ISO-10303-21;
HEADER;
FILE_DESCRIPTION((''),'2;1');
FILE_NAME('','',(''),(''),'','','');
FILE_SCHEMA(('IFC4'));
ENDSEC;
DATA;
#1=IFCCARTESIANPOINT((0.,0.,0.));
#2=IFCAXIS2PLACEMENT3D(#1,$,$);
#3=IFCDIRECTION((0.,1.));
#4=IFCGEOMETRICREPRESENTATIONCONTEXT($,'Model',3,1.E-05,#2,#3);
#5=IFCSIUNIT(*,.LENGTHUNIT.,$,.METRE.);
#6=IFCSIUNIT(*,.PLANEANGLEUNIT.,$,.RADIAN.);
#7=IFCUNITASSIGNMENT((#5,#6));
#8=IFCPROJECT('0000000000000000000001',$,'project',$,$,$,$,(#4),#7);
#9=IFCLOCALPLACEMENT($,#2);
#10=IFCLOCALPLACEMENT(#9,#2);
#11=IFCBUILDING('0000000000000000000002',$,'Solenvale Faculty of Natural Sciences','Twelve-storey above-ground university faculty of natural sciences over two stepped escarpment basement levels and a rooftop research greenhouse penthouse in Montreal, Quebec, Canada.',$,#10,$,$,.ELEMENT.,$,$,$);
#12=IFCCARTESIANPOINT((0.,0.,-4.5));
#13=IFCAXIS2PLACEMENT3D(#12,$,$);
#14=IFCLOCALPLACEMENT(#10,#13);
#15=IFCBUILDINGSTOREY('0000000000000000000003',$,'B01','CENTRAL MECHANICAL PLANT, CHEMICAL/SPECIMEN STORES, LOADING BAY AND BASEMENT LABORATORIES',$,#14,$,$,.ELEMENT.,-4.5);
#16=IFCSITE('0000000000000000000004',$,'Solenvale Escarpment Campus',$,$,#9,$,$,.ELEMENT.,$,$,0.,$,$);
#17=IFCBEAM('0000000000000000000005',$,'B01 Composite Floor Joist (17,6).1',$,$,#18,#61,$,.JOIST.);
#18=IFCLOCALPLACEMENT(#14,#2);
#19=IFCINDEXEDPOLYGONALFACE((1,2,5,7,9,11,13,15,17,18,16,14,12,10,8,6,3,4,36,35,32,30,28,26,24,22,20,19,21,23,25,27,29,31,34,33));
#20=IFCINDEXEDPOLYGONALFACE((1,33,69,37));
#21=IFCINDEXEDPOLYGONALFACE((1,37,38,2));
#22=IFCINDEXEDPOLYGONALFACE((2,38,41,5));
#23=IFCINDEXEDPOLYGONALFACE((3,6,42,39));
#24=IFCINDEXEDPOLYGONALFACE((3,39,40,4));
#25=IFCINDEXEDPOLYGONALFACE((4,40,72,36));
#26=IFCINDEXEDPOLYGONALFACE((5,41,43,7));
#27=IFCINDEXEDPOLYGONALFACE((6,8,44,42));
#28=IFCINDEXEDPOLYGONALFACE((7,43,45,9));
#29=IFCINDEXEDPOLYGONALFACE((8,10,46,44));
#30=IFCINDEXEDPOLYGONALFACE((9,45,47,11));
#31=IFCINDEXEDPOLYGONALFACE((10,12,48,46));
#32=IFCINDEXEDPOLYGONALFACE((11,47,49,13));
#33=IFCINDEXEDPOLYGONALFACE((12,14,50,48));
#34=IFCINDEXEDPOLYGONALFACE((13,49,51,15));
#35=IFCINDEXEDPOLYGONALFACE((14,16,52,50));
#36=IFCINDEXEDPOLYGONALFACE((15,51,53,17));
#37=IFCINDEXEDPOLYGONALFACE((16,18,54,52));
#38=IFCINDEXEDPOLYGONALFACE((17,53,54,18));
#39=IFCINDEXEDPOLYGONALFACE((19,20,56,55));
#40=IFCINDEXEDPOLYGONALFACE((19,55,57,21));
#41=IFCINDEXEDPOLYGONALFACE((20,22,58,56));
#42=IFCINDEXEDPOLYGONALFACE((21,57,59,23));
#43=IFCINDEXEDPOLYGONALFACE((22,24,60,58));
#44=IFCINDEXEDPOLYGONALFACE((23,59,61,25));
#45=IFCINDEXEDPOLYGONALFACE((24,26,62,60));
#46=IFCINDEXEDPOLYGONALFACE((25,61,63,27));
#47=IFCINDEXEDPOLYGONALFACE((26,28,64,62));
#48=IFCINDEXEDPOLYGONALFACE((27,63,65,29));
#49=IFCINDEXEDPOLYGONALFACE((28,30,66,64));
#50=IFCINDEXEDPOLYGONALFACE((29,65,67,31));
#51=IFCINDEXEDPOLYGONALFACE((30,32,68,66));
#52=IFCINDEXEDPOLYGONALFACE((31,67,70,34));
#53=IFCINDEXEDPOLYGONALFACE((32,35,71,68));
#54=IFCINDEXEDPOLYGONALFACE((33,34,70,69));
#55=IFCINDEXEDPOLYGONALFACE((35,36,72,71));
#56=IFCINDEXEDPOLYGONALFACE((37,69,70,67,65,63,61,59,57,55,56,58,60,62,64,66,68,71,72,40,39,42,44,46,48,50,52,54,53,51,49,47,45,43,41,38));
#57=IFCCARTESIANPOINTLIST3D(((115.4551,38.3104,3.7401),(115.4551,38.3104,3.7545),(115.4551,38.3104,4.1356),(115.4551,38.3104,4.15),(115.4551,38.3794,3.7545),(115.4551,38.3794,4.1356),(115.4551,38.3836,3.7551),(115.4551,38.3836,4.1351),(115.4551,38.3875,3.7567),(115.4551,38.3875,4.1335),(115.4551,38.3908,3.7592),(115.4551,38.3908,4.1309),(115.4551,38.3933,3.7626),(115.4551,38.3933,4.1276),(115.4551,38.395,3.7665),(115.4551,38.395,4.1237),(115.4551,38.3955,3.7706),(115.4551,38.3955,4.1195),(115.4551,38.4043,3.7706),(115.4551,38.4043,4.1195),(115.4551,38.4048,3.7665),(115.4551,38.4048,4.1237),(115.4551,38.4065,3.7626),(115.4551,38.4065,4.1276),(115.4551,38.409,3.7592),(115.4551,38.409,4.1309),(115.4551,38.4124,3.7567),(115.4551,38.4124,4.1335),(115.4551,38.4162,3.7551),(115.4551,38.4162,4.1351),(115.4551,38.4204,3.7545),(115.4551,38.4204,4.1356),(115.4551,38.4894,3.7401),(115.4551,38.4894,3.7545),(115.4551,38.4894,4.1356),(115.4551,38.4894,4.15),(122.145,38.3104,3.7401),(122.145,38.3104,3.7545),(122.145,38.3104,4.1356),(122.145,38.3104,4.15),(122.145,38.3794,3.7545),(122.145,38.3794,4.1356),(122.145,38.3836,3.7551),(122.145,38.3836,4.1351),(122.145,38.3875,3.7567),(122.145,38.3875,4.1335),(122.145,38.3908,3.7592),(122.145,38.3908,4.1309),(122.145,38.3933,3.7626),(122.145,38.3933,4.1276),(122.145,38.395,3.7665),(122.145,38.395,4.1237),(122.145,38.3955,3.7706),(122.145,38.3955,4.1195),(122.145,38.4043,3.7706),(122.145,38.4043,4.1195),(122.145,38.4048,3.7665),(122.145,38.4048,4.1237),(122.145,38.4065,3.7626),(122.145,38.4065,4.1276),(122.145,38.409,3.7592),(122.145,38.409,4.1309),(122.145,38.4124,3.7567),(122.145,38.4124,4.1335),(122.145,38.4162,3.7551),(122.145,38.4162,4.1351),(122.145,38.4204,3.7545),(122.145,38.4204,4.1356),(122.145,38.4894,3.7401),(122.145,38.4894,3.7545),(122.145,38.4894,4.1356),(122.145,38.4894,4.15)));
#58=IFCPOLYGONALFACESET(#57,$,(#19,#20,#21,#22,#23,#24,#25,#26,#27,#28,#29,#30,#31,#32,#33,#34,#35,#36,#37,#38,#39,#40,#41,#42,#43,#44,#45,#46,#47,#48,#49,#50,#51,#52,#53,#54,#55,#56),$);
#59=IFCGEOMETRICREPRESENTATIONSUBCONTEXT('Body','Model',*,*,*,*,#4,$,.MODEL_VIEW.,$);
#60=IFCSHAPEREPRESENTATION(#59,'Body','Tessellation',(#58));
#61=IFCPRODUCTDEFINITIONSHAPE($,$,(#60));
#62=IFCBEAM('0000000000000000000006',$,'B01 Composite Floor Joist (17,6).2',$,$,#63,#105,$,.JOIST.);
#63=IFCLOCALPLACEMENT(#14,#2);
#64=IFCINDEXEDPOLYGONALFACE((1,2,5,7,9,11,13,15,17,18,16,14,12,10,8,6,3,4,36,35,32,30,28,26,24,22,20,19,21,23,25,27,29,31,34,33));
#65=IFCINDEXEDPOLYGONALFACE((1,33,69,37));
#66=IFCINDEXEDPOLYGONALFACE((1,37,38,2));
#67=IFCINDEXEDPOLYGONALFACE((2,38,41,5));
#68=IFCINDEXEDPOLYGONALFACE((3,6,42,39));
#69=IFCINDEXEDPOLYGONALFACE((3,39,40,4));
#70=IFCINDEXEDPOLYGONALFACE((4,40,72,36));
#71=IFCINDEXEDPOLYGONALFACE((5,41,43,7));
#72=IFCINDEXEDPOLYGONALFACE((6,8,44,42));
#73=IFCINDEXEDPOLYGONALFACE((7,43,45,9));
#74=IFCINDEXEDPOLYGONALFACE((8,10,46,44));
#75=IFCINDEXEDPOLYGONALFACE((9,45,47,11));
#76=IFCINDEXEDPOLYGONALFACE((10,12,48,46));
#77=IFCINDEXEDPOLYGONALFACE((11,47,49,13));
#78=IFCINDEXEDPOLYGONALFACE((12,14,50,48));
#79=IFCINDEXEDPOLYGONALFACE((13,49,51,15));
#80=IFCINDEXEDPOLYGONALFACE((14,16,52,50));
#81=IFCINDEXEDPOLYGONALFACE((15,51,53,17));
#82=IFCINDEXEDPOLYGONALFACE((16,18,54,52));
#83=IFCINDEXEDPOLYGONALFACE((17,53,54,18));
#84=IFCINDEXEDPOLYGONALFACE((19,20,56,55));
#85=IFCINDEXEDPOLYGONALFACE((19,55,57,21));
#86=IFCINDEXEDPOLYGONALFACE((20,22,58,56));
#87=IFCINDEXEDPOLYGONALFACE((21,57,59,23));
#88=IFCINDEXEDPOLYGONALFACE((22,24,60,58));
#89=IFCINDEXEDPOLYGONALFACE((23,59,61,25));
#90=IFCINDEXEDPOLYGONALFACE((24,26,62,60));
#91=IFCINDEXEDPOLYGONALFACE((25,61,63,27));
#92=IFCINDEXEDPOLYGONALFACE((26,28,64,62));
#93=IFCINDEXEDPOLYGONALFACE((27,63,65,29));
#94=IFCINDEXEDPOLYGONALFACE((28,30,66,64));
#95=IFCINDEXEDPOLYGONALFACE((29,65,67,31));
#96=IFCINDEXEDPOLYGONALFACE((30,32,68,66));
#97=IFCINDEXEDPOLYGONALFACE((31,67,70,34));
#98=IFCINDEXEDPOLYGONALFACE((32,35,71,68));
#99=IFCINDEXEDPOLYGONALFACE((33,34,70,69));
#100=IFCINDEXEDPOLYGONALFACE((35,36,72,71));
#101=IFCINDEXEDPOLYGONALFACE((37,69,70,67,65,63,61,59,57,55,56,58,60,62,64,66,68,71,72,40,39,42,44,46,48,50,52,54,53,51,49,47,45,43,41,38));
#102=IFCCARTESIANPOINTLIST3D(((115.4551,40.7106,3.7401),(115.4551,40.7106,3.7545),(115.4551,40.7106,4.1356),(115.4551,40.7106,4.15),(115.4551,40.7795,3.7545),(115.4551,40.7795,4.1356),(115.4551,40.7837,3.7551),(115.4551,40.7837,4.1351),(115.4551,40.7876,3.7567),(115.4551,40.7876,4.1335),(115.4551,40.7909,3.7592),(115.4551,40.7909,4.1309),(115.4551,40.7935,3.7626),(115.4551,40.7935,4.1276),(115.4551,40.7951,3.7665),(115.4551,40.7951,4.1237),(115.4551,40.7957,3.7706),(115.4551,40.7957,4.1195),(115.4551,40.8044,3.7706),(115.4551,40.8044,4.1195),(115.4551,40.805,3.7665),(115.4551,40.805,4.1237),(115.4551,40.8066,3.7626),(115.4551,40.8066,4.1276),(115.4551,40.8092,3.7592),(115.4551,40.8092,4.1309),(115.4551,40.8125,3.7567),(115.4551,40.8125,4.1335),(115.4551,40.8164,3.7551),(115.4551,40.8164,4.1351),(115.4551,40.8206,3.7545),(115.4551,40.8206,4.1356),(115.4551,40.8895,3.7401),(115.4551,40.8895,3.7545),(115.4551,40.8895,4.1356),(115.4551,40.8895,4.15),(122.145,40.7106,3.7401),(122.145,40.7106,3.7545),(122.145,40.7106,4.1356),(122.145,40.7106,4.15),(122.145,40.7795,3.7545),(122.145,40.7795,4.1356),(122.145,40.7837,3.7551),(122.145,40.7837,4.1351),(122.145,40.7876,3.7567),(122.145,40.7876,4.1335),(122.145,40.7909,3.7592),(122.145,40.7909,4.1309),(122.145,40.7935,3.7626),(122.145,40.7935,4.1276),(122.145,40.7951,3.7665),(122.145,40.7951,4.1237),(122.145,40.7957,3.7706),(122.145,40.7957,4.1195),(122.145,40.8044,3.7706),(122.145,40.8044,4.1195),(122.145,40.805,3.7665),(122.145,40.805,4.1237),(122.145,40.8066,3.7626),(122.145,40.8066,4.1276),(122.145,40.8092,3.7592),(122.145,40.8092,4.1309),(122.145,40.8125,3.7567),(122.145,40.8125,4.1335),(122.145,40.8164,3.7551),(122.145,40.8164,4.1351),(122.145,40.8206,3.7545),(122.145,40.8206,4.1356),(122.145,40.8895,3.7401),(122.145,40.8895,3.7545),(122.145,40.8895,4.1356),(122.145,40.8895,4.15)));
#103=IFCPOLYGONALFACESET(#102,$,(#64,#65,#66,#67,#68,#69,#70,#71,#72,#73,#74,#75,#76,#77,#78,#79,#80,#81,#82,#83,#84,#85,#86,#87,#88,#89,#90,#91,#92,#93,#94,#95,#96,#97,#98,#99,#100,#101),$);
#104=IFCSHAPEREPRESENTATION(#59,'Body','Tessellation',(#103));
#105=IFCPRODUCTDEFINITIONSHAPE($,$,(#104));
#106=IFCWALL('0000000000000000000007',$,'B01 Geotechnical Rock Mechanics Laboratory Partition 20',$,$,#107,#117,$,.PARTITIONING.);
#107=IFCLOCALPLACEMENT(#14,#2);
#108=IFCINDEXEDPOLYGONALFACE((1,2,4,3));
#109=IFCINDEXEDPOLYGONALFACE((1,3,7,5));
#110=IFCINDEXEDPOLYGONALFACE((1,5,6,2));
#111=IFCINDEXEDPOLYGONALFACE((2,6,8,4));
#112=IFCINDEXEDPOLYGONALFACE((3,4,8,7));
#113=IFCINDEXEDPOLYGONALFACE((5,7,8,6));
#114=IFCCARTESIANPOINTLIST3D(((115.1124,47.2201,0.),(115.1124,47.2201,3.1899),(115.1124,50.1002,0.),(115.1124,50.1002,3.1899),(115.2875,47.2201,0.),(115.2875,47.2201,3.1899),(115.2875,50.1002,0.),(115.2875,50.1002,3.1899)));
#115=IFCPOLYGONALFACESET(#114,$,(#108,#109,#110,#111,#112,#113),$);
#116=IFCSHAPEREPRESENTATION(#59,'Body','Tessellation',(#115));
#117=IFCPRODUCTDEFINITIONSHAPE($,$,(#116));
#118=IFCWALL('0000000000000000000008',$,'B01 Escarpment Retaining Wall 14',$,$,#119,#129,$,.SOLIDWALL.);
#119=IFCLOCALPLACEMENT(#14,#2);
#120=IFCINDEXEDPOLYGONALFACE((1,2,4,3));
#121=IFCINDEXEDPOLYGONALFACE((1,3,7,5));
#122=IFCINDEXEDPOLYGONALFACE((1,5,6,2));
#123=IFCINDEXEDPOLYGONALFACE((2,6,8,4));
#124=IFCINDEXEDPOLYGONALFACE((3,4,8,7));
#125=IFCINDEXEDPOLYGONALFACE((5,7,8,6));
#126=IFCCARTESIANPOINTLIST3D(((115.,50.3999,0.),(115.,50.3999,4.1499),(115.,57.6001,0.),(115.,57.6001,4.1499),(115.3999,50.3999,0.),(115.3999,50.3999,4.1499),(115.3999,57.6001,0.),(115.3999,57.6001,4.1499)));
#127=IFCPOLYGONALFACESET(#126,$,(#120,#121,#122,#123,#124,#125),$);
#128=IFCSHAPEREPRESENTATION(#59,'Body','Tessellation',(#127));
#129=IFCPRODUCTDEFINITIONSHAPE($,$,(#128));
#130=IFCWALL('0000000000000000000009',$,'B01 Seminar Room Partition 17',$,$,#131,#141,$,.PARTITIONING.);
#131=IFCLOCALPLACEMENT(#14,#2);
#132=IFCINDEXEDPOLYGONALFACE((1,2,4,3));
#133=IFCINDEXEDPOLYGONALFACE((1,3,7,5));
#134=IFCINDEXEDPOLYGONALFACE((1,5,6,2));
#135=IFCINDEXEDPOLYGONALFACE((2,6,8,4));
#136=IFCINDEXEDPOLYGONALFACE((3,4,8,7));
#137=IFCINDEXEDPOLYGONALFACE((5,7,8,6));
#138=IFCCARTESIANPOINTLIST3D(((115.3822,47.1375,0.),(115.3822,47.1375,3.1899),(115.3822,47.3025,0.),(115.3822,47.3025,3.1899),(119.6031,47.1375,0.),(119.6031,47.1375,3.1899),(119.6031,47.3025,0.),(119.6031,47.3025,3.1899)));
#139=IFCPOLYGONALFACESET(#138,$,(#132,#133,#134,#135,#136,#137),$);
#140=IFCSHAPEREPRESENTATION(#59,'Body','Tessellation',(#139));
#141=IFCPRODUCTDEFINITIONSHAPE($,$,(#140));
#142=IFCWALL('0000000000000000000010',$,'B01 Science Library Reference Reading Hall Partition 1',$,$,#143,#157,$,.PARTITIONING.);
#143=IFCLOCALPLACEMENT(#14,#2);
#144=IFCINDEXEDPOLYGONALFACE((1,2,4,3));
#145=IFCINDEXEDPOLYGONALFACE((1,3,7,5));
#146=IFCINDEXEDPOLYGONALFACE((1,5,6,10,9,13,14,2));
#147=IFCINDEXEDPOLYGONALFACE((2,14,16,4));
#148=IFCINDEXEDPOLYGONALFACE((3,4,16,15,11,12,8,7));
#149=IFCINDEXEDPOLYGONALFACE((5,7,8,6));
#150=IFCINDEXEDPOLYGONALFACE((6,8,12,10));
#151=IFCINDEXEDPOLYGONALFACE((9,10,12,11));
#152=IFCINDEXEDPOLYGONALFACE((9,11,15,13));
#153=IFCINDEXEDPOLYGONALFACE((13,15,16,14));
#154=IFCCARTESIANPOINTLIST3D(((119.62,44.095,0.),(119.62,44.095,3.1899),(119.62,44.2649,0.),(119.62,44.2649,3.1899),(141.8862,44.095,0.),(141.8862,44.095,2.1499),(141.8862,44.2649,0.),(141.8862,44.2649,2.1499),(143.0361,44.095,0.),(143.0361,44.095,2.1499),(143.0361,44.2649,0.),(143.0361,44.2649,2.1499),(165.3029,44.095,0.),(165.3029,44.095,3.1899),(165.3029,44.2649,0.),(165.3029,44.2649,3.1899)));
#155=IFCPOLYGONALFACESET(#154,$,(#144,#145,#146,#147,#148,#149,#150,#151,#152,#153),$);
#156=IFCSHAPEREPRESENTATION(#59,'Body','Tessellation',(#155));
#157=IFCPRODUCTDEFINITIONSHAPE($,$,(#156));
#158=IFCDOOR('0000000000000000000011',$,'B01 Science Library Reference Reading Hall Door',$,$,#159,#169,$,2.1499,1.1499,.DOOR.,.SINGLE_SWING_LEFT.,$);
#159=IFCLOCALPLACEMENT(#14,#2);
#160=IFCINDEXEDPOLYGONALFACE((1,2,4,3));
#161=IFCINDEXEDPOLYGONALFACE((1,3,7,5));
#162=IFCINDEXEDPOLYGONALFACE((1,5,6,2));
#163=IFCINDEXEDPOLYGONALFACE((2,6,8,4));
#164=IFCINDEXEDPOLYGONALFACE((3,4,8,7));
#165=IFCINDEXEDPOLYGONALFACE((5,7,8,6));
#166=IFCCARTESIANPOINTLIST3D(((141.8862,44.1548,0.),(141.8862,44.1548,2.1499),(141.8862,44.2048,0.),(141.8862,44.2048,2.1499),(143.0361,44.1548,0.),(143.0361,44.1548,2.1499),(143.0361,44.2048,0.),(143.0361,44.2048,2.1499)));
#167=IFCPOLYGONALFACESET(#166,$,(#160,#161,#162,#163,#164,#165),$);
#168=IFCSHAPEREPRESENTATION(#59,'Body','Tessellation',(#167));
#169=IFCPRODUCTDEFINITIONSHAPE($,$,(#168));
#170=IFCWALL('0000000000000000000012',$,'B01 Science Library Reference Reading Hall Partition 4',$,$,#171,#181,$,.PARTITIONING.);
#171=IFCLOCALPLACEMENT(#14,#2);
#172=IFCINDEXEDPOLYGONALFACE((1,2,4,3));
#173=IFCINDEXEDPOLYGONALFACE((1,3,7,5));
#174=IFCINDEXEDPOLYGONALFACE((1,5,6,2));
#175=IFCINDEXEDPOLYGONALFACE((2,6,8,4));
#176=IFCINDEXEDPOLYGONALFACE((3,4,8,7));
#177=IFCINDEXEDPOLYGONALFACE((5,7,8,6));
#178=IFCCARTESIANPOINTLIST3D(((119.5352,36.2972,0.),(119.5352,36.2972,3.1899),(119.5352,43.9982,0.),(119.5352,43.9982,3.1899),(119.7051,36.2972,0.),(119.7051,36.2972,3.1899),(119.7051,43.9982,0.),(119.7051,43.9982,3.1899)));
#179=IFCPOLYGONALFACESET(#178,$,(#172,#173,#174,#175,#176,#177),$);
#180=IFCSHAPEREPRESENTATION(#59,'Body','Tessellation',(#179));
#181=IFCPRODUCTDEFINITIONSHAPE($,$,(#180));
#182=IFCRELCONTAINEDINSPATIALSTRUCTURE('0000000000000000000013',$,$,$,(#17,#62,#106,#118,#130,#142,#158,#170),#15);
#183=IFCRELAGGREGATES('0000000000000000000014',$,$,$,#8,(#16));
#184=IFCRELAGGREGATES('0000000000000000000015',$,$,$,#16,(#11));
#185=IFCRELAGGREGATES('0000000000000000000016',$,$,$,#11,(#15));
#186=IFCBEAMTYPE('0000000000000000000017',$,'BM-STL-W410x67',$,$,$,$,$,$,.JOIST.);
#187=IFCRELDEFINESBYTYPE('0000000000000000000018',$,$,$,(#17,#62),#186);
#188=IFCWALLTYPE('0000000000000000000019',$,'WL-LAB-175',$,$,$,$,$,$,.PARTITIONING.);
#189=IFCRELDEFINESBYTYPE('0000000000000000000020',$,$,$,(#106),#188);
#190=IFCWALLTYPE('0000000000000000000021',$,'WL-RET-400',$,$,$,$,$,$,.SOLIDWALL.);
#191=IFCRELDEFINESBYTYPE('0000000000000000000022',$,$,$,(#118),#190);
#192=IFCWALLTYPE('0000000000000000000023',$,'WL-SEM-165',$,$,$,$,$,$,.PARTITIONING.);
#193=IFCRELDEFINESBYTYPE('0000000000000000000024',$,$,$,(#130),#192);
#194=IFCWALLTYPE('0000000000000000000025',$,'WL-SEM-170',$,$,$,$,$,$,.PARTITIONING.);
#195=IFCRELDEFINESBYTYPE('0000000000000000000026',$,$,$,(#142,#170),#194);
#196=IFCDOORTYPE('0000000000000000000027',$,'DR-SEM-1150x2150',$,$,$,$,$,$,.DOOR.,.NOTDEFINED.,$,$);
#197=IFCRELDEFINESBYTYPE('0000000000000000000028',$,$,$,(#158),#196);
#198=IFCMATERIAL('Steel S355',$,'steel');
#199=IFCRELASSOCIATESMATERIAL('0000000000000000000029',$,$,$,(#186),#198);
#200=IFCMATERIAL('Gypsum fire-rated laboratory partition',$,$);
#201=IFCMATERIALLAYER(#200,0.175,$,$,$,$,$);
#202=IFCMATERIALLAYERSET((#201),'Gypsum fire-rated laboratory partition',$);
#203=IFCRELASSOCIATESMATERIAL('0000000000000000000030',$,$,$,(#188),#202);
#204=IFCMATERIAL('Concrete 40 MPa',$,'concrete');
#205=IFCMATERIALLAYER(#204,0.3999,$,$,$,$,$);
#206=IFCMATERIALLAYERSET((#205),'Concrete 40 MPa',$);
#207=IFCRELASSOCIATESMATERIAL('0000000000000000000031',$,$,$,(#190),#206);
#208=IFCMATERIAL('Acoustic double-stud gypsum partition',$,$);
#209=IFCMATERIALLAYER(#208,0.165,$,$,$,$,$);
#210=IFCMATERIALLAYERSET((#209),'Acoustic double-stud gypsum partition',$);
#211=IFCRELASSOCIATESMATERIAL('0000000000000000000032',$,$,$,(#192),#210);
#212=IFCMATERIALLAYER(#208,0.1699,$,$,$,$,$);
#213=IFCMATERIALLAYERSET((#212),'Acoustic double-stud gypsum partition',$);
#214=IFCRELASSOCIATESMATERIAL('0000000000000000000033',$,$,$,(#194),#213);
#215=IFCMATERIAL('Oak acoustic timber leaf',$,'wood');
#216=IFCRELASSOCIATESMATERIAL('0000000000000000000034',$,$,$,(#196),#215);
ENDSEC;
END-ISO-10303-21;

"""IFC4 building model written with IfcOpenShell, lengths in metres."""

from ifc_helpers import new_model, si_unit, direction, frame, frame_2d, origin, origin_2d, place, context, subcontext, project, spatial, rectangle, i_section, extrude, material, layer, layer_set, material_profile, profile_set, type_object, element, fill, save


model = new_model("IFC4")

# Units and contexts
model_context = context("Model", 3, precision=1e-05, world=origin(), true_north=direction((0.0, 1.0)))
body_context = subcontext(model_context, "Body", "Model", "MODEL_VIEW")
ifc_project = project(units=[si_unit("LENGTHUNIT", "METRE"), si_unit("PLANEANGLEUNIT", "RADIAN")], contexts=[model_context])

# Site, building, storey
site_placement = place(None, origin())
site = spatial("IfcSite", under=ifc_project, at=site_placement, Name="Solenvale Escarpment Campus", CompositionType="ELEMENT", RefElevation=0.0)
building_placement = place(site_placement, origin())
building = spatial("IfcBuilding", under=site, at=building_placement, Name="Solenvale Faculty of Natural Sciences", Description="Twelve-storey above-ground university faculty of natural sciences over two stepped escarpment basement levels and a rooftop research greenhouse penthouse in Montreal, Quebec, Canada.", CompositionType="ELEMENT")
storey_placement = place(building_placement, frame((0.0, 0.0, -4.5)))
storey = spatial("IfcBuildingStorey", under=building, at=storey_placement, Name="B01", Description="CENTRAL MECHANICAL PLANT, CHEMICAL/SPECIMEN STORES, LOADING BAY AND BASEMENT LABORATORIES", CompositionType="ELEMENT", Elevation=-4.5)

# Shared definitions
ifc_material_1 = material(Name="Concrete 40 MPa", Category="concrete")

# Beams
ifc_material_2 = material(Name="Steel S355", Category="steel")
ifc_material_profile_1 = material_profile(ifc_material_2, i_section(OverallWidth=0.179, OverallDepth=0.4099, WebThickness=0.0088, FlangeThickness=0.0144, FilletRadius=0.0161, at=origin_2d()), Name="W410x67")
ifc_profile_set_1 = profile_set([ifc_material_profile_1], Name="Steel S355")
beam_type_1 = type_object("IfcBeamType", Name="BM-STL-W410x67", PredefinedType="JOIST", material=ifc_profile_set_1)
for number, where, z_axis, x_axis, name in (
    (1, (115.4551, 38.3999, 3.9451), (1.0, 0.0, 0.0), (0.0, 1.0, 0.0), "B01 Composite Floor Joist (17,6).1"),
    (2, (115.4551, 40.8, 3.9451), (1.0, 0.0, 0.0), (0.0, 1.0, 0.0), "B01 Composite Floor Joist (17,6).2"),
):
    element("IfcBeam", number, at=place(storey_placement, frame(where, z_axis=z_axis, x_axis=x_axis)), inside=storey, type_object=beam_type_1, Name=name, PredefinedType="JOIST", context=body_context, shape_type="SweptSolid", body=[
        extrude(i_section(OverallWidth=0.179, OverallDepth=0.4099, WebThickness=0.0088, FlangeThickness=0.0144, FilletRadius=0.0161, at=origin_2d()), origin(), (0.0, 0.0, 1.0), 6.6899),
    ])

# Walls
ifc_material_3 = material(Name="Gypsum fire-rated laboratory partition")
ifc_layer_1 = layer(ifc_material_3, 0.175)
ifc_layer_set_1 = layer_set([ifc_layer_1], Name="Gypsum fire-rated laboratory partition")
wall_type_1 = type_object("IfcWallType", Name="WL-LAB-175", PredefinedType="PARTITIONING", material=ifc_layer_set_1)
wall_1_placement = place(storey_placement, frame((115.2, 50.1001, 0.0), z_axis=(0.0, 0.0, 1.0), x_axis=(0.0, -1.0, 0.0)))
element("IfcWall", 3, at=wall_1_placement, inside=storey, type_object=wall_type_1, Name="B01 Geotechnical Rock Mechanics Laboratory Partition 20", PredefinedType="PARTITIONING", context=body_context, shape_type="SweptSolid", body=[
    extrude(rectangle(XDim=2.8801, YDim=0.175, at=frame_2d((1.4399, 0.0))), origin(), (0.0, 0.0, 1.0), 3.1899),
])
ifc_layer_2 = layer(ifc_material_1, 0.3999)
ifc_layer_set_2 = layer_set([ifc_layer_2], Name="Concrete 40 MPa")
wall_type_2 = type_object("IfcWallType", Name="WL-RET-400", PredefinedType="SOLIDWALL", material=ifc_layer_set_2)
wall_2_placement = place(storey_placement, frame((115.2, 50.3999, 0.0), z_axis=(0.0, 0.0, 1.0), x_axis=(0.0, 1.0, 0.0)))
element("IfcWall", 4, at=wall_2_placement, inside=storey, type_object=wall_type_2, Name="B01 Escarpment Retaining Wall 14", PredefinedType="SOLIDWALL", context=body_context, shape_type="SweptSolid", body=[
    extrude(rectangle(XDim=7.2002, YDim=0.3999, at=frame_2d((3.6001, 0.0))), origin(), (0.0, 0.0, 1.0), 4.1499),
])
ifc_material_4 = material(Name="Acoustic double-stud gypsum partition")
ifc_layer_3 = layer(ifc_material_4, 0.165)
ifc_layer_set_3 = layer_set([ifc_layer_3], Name="Acoustic double-stud gypsum partition")
wall_type_3 = type_object("IfcWallType", Name="WL-SEM-165", PredefinedType="PARTITIONING", material=ifc_layer_set_3)
wall_3_placement = place(storey_placement, frame((119.603, 47.22, 0.0), z_axis=(0.0, 0.0, 1.0), x_axis=(-1.0, 0.0, 0.0)))
element("IfcWall", 5, at=wall_3_placement, inside=storey, type_object=wall_type_3, Name="B01 Seminar Room Partition 17", PredefinedType="PARTITIONING", context=body_context, shape_type="SweptSolid", body=[
    extrude(rectangle(XDim=4.2209, YDim=0.165, at=frame_2d((2.1104, 0.0))), origin(), (0.0, 0.0, 1.0), 3.1899),
])

# Wall, opening, door
ifc_layer_4 = layer(ifc_material_4, 0.1699)
ifc_layer_set_4 = layer_set([ifc_layer_4], Name="Acoustic double-stud gypsum partition")
wall_type_4 = type_object("IfcWallType", Name="WL-SEM-170", PredefinedType="PARTITIONING", material=ifc_layer_set_4)
wall_4_placement = place(storey_placement, frame((119.6201, 44.1799, 0.0), z_axis=(0.0, 0.0, 1.0), x_axis=(1.0, 0.0, 0.0)))
wall_4 = element("IfcWall", 6, at=wall_4_placement, inside=storey, type_object=wall_type_4, Name="B01 Science Library Reference Reading Hall Partition 1", PredefinedType="PARTITIONING", context=body_context, shape_type="SweptSolid", body=[
    extrude(rectangle(XDim=45.6829, YDim=0.1699, at=frame_2d((22.8413, 0.0))), origin(), (0.0, 0.0, 1.0), 3.1899),
])
opening_placement = place(wall_4_placement, frame((22.2661, 0.0, 0.0)))
opening = element("IfcOpeningElement", 7, at=opening_placement, cuts=wall_4, PredefinedType="OPENING", context=body_context, shape_type="SweptSolid", body=[
    extrude(rectangle(XDim=1.1499, YDim=2.1499, at=frame_2d((0.575, 1.075))), frame((0.0, 0.095, 0.0), z_axis=(0.0, -1.0, 0.0), x_axis=(1.0, 0.0, 0.0)), (0.0, 0.0, 1.0), 0.1899),
])
ifc_material_5 = material(Name="Oak acoustic timber leaf", Category="wood")
door_type = type_object("IfcDoorType", Name="DR-SEM-1150x2150", OperationType="NOTDEFINED", PredefinedType="DOOR", material=ifc_material_5)
door_placement = place(opening_placement, origin())
door = element("IfcDoor", 8, at=door_placement, inside=storey, type_object=door_type, Name="B01 Science Library Reference Reading Hall Door", OperationType="SINGLE_SWING_LEFT", OverallHeight=2.1499, OverallWidth=1.1499, PredefinedType="DOOR", context=body_context, shape_type="SweptSolid", body=[
    extrude(rectangle(XDim=1.1499, YDim=2.1499, at=frame_2d((0.575, 1.075))), frame((0.0, 0.0249, 0.0), z_axis=(0.0, -1.0, 0.0), x_axis=(1.0, 0.0, 0.0)), (0.0, 0.0, 1.0), 0.05),
])
fill(opening, door)

# Wall
wall_5_placement = place(storey_placement, frame((119.6201, 36.2971, 0.0), z_axis=(0.0, 0.0, 1.0), x_axis=(0.0, 1.0, 0.0)))
element("IfcWall", 9, at=wall_5_placement, inside=storey, type_object=wall_type_4, Name="B01 Science Library Reference Reading Hall Partition 4", PredefinedType="PARTITIONING", context=body_context, shape_type="SweptSolid", body=[
    extrude(rectangle(XDim=7.7009, YDim=0.1699, at=frame_2d((3.8506, 0.0))), origin(), (0.0, 0.0, 1.0), 3.1899),
])

save(model, "model.ifc")
